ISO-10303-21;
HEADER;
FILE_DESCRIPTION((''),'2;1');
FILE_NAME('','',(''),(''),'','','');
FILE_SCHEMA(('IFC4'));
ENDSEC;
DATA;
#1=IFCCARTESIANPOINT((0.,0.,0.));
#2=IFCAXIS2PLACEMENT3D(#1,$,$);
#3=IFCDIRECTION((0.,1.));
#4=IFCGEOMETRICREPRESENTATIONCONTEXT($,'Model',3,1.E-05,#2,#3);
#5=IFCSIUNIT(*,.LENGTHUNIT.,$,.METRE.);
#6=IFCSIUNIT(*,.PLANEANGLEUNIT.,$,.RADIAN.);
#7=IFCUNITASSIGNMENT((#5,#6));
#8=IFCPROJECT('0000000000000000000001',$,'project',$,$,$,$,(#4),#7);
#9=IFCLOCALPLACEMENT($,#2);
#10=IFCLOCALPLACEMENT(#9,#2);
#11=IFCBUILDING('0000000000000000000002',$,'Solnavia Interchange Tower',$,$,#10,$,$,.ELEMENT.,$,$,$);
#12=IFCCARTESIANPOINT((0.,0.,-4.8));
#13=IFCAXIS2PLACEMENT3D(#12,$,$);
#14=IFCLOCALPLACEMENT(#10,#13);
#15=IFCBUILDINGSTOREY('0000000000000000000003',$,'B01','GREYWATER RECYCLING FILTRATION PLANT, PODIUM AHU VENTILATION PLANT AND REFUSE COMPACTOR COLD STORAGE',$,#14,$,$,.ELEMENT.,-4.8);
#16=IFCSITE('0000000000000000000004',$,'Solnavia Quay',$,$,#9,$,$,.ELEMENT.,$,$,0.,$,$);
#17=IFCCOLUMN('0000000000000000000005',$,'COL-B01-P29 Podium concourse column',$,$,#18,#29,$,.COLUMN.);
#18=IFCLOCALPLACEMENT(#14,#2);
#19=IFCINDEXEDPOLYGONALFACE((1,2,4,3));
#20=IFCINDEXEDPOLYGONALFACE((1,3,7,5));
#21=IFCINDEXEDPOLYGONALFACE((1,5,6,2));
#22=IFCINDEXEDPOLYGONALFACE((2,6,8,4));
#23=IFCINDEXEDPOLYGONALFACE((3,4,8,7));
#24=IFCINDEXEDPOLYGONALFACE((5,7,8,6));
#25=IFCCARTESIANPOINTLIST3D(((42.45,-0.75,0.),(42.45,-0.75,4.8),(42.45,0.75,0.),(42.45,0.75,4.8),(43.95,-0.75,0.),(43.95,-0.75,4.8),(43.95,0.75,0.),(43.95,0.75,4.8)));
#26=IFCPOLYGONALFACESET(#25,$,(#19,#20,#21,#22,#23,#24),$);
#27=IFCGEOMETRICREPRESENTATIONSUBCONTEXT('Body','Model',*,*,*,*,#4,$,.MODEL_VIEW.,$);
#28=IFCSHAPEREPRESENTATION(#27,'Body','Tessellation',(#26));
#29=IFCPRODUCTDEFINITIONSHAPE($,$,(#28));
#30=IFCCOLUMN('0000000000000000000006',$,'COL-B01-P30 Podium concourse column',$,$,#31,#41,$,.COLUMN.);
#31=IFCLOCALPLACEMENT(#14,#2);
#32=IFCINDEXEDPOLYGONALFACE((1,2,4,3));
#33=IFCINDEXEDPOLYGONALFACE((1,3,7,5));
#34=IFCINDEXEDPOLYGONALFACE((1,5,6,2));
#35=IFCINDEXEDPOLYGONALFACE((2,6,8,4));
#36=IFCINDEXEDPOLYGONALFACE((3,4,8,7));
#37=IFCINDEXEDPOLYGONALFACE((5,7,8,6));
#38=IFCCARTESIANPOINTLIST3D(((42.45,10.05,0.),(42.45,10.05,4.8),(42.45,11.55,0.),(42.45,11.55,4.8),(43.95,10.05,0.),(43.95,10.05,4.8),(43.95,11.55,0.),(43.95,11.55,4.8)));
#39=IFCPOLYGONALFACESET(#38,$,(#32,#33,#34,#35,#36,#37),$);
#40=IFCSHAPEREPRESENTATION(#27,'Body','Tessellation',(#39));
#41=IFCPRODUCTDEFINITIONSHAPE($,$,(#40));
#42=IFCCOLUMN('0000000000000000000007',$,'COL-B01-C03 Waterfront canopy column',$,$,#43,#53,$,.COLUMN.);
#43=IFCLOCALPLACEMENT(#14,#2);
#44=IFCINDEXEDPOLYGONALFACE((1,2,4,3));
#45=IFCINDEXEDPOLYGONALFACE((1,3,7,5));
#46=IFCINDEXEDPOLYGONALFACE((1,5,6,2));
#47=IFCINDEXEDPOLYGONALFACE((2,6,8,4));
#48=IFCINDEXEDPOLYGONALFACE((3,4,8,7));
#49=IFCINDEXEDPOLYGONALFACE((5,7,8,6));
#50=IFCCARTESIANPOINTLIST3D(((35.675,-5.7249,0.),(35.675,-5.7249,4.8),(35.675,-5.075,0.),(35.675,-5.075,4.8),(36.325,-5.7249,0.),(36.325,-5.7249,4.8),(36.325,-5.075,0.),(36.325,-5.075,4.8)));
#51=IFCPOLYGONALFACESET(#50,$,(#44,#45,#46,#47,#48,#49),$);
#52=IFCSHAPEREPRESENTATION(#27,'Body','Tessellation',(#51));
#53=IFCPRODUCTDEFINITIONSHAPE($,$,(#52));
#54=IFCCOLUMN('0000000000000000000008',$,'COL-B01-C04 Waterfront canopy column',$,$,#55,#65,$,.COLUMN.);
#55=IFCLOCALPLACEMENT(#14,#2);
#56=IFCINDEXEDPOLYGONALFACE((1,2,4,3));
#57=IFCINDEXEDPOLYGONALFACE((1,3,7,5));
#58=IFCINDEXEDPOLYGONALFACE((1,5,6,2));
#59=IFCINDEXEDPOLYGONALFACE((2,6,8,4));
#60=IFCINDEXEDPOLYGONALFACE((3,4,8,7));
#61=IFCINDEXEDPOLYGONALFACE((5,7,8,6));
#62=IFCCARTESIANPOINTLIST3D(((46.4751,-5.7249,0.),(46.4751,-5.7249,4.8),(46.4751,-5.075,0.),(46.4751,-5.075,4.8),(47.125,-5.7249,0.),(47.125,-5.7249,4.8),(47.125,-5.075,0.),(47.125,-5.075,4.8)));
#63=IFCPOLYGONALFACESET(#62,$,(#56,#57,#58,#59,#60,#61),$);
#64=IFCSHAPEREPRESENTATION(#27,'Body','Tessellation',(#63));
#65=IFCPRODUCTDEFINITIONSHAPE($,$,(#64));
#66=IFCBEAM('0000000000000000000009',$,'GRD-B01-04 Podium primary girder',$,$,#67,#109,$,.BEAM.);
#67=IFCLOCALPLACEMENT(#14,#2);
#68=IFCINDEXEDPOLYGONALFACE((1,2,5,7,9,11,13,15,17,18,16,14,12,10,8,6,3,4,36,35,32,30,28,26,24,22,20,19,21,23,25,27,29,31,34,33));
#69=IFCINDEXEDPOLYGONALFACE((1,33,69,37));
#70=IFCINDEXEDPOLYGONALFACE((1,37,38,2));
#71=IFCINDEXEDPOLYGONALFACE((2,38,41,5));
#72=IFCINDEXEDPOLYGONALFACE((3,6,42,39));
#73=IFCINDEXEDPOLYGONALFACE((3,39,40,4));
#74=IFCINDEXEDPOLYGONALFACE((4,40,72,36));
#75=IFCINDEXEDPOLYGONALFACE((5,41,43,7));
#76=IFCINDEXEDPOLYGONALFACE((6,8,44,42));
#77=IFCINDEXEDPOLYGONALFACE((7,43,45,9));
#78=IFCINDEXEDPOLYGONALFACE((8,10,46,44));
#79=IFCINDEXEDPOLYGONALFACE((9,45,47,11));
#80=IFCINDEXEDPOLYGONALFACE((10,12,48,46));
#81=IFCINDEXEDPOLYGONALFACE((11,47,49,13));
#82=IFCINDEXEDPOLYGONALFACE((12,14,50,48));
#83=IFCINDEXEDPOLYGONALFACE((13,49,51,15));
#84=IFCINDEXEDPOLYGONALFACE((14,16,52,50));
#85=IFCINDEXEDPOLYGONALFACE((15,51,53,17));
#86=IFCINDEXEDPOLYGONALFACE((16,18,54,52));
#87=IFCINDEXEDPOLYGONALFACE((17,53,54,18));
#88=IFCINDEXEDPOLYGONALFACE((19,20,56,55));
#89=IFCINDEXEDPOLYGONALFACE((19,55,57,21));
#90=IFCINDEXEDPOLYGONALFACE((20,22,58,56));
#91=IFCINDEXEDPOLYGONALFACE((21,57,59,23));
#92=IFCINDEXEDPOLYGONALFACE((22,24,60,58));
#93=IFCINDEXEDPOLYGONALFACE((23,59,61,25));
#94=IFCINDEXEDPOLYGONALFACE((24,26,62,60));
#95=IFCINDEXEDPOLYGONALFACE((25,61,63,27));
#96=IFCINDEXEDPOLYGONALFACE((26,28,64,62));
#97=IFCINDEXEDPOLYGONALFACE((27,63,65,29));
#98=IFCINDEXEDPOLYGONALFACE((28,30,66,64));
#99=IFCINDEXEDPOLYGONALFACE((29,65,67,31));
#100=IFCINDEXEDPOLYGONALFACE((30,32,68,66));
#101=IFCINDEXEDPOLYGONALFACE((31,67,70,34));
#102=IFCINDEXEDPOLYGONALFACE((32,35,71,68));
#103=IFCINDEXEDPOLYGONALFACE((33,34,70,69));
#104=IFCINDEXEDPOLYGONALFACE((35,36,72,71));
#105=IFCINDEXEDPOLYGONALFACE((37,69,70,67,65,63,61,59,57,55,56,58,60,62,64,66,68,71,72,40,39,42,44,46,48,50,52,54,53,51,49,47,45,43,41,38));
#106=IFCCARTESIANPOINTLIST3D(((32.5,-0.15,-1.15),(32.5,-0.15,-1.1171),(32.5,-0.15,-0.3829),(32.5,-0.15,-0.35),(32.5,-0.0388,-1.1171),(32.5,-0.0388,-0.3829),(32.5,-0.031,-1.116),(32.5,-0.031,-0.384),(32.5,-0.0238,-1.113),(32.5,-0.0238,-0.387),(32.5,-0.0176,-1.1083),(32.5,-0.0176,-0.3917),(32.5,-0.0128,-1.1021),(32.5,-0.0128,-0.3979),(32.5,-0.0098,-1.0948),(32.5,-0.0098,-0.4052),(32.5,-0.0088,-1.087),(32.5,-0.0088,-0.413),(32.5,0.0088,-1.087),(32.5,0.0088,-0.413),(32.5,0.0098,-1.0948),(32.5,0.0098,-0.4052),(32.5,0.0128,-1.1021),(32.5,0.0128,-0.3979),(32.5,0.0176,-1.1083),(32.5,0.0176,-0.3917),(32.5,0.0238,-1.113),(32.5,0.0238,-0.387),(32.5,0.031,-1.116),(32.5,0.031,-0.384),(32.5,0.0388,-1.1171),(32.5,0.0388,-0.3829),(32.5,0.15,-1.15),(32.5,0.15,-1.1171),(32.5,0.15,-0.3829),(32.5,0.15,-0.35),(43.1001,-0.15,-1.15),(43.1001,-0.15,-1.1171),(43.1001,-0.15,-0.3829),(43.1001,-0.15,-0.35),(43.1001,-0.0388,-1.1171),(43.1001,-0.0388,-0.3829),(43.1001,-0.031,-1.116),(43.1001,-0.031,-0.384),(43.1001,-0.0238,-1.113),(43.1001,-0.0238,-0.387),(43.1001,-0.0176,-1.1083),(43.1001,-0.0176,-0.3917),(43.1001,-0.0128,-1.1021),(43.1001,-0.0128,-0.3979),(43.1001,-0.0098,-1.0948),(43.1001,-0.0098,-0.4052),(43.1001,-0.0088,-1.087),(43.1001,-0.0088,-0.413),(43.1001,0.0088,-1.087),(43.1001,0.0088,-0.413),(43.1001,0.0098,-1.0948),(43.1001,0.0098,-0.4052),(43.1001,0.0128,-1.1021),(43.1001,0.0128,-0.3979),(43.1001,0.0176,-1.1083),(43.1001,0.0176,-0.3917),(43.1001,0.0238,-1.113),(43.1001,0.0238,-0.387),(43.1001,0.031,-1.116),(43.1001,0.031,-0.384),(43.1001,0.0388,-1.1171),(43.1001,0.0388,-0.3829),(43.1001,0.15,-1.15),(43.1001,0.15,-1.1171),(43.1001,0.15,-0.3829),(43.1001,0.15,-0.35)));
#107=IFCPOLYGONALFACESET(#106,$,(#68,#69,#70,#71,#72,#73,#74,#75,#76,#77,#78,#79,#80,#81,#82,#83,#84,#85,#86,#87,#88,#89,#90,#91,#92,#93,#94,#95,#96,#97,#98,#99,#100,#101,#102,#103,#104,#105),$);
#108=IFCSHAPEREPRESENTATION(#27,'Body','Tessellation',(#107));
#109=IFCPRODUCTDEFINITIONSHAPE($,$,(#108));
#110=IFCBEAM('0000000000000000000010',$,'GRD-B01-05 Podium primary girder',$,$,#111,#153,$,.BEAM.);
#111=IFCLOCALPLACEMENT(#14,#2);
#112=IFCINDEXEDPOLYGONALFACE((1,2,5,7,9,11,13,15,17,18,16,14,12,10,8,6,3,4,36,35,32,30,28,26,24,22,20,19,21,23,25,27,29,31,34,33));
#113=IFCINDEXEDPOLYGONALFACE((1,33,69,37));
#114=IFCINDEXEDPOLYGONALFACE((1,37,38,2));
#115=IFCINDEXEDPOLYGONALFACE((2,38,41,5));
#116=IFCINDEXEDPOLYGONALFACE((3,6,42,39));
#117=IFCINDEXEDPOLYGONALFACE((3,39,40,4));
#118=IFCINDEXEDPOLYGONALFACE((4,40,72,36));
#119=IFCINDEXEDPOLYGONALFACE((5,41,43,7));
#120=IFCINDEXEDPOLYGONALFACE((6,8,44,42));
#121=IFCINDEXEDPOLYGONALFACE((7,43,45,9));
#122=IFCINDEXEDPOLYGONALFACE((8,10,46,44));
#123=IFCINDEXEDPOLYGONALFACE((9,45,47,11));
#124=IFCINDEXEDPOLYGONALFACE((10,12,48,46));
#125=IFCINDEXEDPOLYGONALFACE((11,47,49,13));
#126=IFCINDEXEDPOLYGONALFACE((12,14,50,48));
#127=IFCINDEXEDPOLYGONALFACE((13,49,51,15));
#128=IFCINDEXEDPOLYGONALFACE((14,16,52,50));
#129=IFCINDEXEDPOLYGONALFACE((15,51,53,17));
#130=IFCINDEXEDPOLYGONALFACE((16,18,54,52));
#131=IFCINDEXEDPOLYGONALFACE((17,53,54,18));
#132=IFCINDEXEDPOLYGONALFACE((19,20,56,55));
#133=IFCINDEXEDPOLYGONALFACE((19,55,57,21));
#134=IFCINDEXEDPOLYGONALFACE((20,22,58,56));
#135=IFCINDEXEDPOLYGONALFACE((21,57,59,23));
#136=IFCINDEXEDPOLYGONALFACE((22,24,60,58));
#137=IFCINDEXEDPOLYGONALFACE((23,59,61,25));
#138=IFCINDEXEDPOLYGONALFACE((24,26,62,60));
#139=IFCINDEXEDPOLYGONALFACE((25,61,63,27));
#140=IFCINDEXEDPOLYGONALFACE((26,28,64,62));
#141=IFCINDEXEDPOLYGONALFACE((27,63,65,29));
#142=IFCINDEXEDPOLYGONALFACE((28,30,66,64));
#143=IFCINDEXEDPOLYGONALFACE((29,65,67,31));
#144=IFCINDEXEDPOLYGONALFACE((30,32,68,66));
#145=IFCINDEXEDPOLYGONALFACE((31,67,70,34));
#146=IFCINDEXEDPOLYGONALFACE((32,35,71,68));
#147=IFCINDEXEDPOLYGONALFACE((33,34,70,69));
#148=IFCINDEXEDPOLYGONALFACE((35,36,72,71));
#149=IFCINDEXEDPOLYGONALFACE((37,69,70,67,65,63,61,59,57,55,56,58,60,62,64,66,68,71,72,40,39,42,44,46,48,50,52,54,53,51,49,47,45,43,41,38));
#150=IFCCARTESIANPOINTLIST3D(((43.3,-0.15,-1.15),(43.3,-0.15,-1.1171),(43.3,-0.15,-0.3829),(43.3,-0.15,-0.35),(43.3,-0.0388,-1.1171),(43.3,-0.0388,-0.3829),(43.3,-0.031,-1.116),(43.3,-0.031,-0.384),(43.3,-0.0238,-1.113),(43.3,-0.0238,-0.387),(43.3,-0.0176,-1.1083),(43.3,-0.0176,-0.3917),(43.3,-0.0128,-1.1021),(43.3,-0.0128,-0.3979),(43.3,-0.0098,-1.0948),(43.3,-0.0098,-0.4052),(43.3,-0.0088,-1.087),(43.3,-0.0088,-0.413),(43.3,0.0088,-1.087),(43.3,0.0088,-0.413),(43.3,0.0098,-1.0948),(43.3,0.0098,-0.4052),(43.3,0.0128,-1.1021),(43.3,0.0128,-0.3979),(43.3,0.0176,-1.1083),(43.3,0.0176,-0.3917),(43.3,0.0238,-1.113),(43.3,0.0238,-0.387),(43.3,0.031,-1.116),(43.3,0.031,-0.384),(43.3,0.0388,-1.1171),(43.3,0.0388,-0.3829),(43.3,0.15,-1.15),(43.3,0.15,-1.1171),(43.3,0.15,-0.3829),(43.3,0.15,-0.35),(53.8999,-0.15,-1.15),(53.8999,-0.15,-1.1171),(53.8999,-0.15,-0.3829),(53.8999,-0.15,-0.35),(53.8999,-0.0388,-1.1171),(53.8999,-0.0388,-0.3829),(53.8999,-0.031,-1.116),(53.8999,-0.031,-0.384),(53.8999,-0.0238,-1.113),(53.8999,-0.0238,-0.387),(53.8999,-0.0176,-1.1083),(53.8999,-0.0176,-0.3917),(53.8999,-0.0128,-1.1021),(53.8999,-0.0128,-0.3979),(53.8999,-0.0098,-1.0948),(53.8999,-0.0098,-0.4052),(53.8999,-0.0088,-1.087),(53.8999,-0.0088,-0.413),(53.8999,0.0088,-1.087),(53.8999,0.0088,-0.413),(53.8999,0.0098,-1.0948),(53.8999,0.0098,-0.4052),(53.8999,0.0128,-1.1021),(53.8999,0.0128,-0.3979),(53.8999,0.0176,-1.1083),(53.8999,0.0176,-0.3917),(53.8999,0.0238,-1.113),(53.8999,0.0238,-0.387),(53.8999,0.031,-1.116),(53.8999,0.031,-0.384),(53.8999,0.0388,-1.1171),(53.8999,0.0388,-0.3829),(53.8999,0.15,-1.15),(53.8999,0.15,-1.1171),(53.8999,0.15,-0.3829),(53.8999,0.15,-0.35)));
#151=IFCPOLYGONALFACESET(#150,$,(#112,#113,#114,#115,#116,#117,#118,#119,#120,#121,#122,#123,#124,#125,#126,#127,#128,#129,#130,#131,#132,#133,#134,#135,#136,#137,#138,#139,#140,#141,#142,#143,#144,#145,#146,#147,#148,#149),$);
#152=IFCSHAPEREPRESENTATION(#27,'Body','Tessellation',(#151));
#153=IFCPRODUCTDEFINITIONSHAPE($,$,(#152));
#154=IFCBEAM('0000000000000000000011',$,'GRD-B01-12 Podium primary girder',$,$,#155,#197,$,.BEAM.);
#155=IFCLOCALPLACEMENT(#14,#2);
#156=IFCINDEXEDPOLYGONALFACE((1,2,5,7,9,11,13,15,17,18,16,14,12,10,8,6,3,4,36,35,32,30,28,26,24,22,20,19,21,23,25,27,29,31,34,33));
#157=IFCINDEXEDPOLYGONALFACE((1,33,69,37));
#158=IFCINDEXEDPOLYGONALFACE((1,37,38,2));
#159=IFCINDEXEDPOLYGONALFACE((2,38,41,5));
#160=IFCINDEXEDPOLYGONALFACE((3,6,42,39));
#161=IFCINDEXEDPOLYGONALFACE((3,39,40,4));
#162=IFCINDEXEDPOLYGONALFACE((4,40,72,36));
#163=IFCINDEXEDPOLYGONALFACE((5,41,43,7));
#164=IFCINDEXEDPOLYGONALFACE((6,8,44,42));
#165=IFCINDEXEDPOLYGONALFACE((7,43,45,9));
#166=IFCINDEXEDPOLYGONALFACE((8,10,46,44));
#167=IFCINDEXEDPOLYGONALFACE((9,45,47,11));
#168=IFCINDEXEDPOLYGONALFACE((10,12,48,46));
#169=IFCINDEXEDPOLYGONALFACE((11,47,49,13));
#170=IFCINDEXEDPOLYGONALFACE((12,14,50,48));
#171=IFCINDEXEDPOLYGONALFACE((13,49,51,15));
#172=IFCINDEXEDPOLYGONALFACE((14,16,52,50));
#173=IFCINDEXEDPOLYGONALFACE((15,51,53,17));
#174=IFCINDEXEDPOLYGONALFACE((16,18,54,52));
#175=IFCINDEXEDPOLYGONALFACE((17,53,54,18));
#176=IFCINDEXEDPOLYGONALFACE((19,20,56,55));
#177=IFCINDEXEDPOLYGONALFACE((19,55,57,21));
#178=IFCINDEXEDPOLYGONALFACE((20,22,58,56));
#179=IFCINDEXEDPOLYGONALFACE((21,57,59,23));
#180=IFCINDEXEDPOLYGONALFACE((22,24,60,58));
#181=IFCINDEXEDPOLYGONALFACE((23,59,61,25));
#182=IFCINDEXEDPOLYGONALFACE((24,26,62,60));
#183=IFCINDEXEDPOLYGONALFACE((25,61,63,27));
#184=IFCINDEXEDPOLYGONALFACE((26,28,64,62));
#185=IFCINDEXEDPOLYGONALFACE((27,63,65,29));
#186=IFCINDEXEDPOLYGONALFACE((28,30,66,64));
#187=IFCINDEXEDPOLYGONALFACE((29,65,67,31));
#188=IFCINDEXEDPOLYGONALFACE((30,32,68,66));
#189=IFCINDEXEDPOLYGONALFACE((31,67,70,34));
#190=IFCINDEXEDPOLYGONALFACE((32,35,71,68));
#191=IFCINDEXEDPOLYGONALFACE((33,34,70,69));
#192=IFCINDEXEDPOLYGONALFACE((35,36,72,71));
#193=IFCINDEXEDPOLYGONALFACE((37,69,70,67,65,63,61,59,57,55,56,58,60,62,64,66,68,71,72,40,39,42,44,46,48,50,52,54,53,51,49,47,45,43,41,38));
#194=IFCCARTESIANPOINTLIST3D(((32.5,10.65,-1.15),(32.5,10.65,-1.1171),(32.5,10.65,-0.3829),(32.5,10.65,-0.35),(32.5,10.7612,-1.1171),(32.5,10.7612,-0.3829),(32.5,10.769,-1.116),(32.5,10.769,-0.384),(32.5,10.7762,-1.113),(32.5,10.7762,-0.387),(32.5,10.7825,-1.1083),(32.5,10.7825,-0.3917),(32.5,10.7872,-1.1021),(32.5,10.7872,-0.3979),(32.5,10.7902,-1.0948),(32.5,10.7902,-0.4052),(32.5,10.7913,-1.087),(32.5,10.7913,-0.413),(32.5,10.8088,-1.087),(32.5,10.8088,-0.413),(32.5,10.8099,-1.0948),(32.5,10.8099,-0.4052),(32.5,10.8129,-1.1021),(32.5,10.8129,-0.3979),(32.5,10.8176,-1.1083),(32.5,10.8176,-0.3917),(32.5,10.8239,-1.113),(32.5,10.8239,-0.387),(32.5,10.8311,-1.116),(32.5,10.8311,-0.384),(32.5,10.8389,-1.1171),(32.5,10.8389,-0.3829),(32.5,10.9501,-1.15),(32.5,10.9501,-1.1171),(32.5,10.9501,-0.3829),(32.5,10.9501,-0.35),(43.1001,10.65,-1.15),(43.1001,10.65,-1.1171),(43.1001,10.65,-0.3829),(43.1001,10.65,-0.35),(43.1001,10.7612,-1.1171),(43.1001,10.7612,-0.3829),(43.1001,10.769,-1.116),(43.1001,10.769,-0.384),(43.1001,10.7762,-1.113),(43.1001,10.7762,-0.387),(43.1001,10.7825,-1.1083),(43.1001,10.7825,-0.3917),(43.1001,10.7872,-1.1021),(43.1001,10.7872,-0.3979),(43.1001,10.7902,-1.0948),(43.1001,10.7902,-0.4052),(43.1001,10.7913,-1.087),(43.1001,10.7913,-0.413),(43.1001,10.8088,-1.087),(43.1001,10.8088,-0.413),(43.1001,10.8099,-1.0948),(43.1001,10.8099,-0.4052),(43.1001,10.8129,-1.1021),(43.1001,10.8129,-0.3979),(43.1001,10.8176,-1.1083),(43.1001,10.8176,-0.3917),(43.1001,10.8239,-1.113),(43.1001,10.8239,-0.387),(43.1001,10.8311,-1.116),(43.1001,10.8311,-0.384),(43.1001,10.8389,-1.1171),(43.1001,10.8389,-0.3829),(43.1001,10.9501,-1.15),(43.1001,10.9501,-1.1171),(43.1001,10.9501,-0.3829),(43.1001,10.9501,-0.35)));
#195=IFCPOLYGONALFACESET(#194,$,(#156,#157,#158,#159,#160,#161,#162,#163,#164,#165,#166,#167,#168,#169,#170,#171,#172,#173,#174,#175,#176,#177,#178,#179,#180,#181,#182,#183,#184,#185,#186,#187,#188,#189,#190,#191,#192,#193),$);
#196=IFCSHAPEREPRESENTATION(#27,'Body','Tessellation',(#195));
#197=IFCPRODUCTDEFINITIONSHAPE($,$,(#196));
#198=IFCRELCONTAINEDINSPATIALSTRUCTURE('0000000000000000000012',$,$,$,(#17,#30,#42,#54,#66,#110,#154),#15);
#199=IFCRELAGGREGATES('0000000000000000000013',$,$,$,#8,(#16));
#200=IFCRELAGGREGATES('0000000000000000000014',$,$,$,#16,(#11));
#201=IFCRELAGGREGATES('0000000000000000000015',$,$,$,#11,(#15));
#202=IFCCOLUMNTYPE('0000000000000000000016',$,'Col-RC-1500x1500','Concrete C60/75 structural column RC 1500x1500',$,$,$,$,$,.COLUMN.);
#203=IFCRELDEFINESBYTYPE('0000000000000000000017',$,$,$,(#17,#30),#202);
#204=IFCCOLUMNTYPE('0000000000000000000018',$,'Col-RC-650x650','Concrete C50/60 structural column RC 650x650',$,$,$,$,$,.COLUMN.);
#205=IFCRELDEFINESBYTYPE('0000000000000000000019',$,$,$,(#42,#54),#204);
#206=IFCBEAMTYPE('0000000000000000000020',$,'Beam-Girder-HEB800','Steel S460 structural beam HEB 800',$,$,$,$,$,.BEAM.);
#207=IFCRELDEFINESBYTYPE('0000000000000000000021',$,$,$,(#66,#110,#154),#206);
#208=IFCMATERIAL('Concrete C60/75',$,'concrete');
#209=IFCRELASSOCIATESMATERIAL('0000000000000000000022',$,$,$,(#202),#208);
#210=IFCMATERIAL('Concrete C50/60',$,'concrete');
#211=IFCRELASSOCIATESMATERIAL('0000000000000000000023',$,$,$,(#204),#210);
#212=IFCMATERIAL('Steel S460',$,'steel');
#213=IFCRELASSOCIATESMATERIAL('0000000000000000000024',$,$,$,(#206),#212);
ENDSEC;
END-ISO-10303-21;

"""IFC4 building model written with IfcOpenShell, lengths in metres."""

from ifc_helpers import new_model, si_unit, direction, frame, origin, origin_2d, place, context, subcontext, project, spatial, rectangle, i_section, extrude, material, material_profile, profile_set, type_object, element, save


model = new_model("IFC4")

# Units and contexts
model_context = context("Model", 3, precision=1e-05, world=origin(), true_north=direction((0.0, 1.0)))
body_context = subcontext(model_context, "Body", "Model", "MODEL_VIEW")
ifc_project = project(units=[si_unit("LENGTHUNIT", "METRE"), si_unit("PLANEANGLEUNIT", "RADIAN")], contexts=[model_context])

# Site, building, storey
site_placement = place(None, origin())
site = spatial("IfcSite", under=ifc_project, at=site_placement, Name="Solnavia Quay", CompositionType="ELEMENT", RefElevation=0.0)
building_placement = place(site_placement, origin())
building = spatial("IfcBuilding", under=site, at=building_placement, Name="Solnavia Interchange Tower", CompositionType="ELEMENT")
storey_placement = place(building_placement, frame((0.0, 0.0, -4.8)))
storey = spatial("IfcBuildingStorey", under=building, at=storey_placement, Name="B01", Description="GREYWATER RECYCLING FILTRATION PLANT, PODIUM AHU VENTILATION PLANT AND REFUSE COMPACTOR COLD STORAGE", CompositionType="ELEMENT", Elevation=-4.8)

# Columns
ifc_material_1 = material(Name="Concrete C60/75", Category="concrete")
ifc_material_profile_1 = material_profile(ifc_material_1, rectangle(XDim=1.5, YDim=1.5, at=origin_2d()), Name="RC 1500x1500")
ifc_profile_set_1 = profile_set([ifc_material_profile_1], Name="Concrete C60/75")
column_type_1 = type_object("IfcColumnType", Name="Col-RC-1500x1500", Description="Concrete C60/75 structural column RC 1500x1500", PredefinedType="COLUMN", material=ifc_profile_set_1)
for number, where, z_axis, x_axis, name in (
    (1, (43.2, 0.0, 0.0), (0.0, 0.0, 1.0), (1.0, 0.0, 0.0), "COL-B01-P29 Podium concourse column"),
    (2, (43.2, 10.8, 0.0), (0.0, 0.0, 1.0), (1.0, 0.0, 0.0), "COL-B01-P30 Podium concourse column"),
):
    element("IfcColumn", number, at=place(storey_placement, frame(where, z_axis=z_axis, x_axis=x_axis)), inside=storey, type_object=column_type_1, Name=name, PredefinedType="COLUMN", context=body_context, shape_type="SweptSolid", body=[
        extrude(rectangle(XDim=1.5, YDim=1.5, at=origin_2d()), origin(), (0.0, 0.0, 1.0), 4.8),
    ])
ifc_material_2 = material(Name="Concrete C50/60", Category="concrete")
ifc_material_profile_2 = material_profile(ifc_material_2, rectangle(XDim=0.6499, YDim=0.6499, at=origin_2d()), Name="RC 650x650")
ifc_profile_set_2 = profile_set([ifc_material_profile_2], Name="Concrete C50/60")
column_type_2 = type_object("IfcColumnType", Name="Col-RC-650x650", Description="Concrete C50/60 structural column RC 650x650", PredefinedType="COLUMN", material=ifc_profile_set_2)
for number, where, z_axis, x_axis, name in (
    (3, (36.0, -5.3999, 0.0), (0.0, 0.0, 1.0), (1.0, 0.0, 0.0), "COL-B01-C03 Waterfront canopy column"),
    (4, (46.8, -5.3999, 0.0), (0.0, 0.0, 1.0), (1.0, 0.0, 0.0), "COL-B01-C04 Waterfront canopy column"),
):
    element("IfcColumn", number, at=place(storey_placement, frame(where, z_axis=z_axis, x_axis=x_axis)), inside=storey, type_object=column_type_2, Name=name, PredefinedType="COLUMN", context=body_context, shape_type="SweptSolid", body=[
        extrude(rectangle(XDim=0.6499, YDim=0.6499, at=origin_2d()), origin(), (0.0, 0.0, 1.0), 4.8),
    ])

# Beams
ifc_material_3 = material(Name="Steel S460", Category="steel")
ifc_material_profile_3 = material_profile(ifc_material_3, i_section(OverallWidth=0.3, OverallDepth=0.8, WebThickness=0.0176, FlangeThickness=0.033, FilletRadius=0.03, at=origin_2d()), Name="HEB 800")
ifc_profile_set_3 = profile_set([ifc_material_profile_3], Name="Steel S460")
beam_type_1 = type_object("IfcBeamType", Name="Beam-Girder-HEB800", Description="Steel S460 structural beam HEB 800", PredefinedType="BEAM", material=ifc_profile_set_3)
beam_1_placement = place(storey_placement, frame((32.5, 0.0, -0.75), z_axis=(1.0, 0.0, 0.0), x_axis=(0.0, 1.0, 0.0)))
element("IfcBeam", 5, at=beam_1_placement, inside=storey, type_object=beam_type_1, Name="GRD-B01-04 Podium primary girder", PredefinedType="BEAM", context=body_context, shape_type="SweptSolid", body=[
    extrude(i_section(OverallWidth=0.3, OverallDepth=0.8, WebThickness=0.0176, FlangeThickness=0.033, FilletRadius=0.03, at=origin_2d()), origin(), (0.0, 0.0, 1.0), 10.6001),
])
beam_2_placement = place(storey_placement, frame((43.3, 0.0, -0.75), z_axis=(1.0, 0.0, 0.0), x_axis=(0.0, 1.0, 0.0)))
element("IfcBeam", 6, at=beam_2_placement, inside=storey, type_object=beam_type_1, Name="GRD-B01-05 Podium primary girder", PredefinedType="BEAM", context=body_context, shape_type="SweptSolid", body=[
    extrude(i_section(OverallWidth=0.3, OverallDepth=0.8, WebThickness=0.0176, FlangeThickness=0.033, FilletRadius=0.03, at=origin_2d()), origin(), (0.0, 0.0, 1.0), 10.5999),
])
beam_3_placement = place(storey_placement, frame((32.5, 10.8, -0.75), z_axis=(1.0, 0.0, 0.0), x_axis=(0.0, 1.0, 0.0)))
element("IfcBeam", 7, at=beam_3_placement, inside=storey, type_object=beam_type_1, Name="GRD-B01-12 Podium primary girder", PredefinedType="BEAM", context=body_context, shape_type="SweptSolid", body=[
    extrude(i_section(OverallWidth=0.3, OverallDepth=0.8, WebThickness=0.0176, FlangeThickness=0.033, FilletRadius=0.03, at=origin_2d()), origin(), (0.0, 0.0, 1.0), 10.6001),
])

save(model, "model.ifc")
